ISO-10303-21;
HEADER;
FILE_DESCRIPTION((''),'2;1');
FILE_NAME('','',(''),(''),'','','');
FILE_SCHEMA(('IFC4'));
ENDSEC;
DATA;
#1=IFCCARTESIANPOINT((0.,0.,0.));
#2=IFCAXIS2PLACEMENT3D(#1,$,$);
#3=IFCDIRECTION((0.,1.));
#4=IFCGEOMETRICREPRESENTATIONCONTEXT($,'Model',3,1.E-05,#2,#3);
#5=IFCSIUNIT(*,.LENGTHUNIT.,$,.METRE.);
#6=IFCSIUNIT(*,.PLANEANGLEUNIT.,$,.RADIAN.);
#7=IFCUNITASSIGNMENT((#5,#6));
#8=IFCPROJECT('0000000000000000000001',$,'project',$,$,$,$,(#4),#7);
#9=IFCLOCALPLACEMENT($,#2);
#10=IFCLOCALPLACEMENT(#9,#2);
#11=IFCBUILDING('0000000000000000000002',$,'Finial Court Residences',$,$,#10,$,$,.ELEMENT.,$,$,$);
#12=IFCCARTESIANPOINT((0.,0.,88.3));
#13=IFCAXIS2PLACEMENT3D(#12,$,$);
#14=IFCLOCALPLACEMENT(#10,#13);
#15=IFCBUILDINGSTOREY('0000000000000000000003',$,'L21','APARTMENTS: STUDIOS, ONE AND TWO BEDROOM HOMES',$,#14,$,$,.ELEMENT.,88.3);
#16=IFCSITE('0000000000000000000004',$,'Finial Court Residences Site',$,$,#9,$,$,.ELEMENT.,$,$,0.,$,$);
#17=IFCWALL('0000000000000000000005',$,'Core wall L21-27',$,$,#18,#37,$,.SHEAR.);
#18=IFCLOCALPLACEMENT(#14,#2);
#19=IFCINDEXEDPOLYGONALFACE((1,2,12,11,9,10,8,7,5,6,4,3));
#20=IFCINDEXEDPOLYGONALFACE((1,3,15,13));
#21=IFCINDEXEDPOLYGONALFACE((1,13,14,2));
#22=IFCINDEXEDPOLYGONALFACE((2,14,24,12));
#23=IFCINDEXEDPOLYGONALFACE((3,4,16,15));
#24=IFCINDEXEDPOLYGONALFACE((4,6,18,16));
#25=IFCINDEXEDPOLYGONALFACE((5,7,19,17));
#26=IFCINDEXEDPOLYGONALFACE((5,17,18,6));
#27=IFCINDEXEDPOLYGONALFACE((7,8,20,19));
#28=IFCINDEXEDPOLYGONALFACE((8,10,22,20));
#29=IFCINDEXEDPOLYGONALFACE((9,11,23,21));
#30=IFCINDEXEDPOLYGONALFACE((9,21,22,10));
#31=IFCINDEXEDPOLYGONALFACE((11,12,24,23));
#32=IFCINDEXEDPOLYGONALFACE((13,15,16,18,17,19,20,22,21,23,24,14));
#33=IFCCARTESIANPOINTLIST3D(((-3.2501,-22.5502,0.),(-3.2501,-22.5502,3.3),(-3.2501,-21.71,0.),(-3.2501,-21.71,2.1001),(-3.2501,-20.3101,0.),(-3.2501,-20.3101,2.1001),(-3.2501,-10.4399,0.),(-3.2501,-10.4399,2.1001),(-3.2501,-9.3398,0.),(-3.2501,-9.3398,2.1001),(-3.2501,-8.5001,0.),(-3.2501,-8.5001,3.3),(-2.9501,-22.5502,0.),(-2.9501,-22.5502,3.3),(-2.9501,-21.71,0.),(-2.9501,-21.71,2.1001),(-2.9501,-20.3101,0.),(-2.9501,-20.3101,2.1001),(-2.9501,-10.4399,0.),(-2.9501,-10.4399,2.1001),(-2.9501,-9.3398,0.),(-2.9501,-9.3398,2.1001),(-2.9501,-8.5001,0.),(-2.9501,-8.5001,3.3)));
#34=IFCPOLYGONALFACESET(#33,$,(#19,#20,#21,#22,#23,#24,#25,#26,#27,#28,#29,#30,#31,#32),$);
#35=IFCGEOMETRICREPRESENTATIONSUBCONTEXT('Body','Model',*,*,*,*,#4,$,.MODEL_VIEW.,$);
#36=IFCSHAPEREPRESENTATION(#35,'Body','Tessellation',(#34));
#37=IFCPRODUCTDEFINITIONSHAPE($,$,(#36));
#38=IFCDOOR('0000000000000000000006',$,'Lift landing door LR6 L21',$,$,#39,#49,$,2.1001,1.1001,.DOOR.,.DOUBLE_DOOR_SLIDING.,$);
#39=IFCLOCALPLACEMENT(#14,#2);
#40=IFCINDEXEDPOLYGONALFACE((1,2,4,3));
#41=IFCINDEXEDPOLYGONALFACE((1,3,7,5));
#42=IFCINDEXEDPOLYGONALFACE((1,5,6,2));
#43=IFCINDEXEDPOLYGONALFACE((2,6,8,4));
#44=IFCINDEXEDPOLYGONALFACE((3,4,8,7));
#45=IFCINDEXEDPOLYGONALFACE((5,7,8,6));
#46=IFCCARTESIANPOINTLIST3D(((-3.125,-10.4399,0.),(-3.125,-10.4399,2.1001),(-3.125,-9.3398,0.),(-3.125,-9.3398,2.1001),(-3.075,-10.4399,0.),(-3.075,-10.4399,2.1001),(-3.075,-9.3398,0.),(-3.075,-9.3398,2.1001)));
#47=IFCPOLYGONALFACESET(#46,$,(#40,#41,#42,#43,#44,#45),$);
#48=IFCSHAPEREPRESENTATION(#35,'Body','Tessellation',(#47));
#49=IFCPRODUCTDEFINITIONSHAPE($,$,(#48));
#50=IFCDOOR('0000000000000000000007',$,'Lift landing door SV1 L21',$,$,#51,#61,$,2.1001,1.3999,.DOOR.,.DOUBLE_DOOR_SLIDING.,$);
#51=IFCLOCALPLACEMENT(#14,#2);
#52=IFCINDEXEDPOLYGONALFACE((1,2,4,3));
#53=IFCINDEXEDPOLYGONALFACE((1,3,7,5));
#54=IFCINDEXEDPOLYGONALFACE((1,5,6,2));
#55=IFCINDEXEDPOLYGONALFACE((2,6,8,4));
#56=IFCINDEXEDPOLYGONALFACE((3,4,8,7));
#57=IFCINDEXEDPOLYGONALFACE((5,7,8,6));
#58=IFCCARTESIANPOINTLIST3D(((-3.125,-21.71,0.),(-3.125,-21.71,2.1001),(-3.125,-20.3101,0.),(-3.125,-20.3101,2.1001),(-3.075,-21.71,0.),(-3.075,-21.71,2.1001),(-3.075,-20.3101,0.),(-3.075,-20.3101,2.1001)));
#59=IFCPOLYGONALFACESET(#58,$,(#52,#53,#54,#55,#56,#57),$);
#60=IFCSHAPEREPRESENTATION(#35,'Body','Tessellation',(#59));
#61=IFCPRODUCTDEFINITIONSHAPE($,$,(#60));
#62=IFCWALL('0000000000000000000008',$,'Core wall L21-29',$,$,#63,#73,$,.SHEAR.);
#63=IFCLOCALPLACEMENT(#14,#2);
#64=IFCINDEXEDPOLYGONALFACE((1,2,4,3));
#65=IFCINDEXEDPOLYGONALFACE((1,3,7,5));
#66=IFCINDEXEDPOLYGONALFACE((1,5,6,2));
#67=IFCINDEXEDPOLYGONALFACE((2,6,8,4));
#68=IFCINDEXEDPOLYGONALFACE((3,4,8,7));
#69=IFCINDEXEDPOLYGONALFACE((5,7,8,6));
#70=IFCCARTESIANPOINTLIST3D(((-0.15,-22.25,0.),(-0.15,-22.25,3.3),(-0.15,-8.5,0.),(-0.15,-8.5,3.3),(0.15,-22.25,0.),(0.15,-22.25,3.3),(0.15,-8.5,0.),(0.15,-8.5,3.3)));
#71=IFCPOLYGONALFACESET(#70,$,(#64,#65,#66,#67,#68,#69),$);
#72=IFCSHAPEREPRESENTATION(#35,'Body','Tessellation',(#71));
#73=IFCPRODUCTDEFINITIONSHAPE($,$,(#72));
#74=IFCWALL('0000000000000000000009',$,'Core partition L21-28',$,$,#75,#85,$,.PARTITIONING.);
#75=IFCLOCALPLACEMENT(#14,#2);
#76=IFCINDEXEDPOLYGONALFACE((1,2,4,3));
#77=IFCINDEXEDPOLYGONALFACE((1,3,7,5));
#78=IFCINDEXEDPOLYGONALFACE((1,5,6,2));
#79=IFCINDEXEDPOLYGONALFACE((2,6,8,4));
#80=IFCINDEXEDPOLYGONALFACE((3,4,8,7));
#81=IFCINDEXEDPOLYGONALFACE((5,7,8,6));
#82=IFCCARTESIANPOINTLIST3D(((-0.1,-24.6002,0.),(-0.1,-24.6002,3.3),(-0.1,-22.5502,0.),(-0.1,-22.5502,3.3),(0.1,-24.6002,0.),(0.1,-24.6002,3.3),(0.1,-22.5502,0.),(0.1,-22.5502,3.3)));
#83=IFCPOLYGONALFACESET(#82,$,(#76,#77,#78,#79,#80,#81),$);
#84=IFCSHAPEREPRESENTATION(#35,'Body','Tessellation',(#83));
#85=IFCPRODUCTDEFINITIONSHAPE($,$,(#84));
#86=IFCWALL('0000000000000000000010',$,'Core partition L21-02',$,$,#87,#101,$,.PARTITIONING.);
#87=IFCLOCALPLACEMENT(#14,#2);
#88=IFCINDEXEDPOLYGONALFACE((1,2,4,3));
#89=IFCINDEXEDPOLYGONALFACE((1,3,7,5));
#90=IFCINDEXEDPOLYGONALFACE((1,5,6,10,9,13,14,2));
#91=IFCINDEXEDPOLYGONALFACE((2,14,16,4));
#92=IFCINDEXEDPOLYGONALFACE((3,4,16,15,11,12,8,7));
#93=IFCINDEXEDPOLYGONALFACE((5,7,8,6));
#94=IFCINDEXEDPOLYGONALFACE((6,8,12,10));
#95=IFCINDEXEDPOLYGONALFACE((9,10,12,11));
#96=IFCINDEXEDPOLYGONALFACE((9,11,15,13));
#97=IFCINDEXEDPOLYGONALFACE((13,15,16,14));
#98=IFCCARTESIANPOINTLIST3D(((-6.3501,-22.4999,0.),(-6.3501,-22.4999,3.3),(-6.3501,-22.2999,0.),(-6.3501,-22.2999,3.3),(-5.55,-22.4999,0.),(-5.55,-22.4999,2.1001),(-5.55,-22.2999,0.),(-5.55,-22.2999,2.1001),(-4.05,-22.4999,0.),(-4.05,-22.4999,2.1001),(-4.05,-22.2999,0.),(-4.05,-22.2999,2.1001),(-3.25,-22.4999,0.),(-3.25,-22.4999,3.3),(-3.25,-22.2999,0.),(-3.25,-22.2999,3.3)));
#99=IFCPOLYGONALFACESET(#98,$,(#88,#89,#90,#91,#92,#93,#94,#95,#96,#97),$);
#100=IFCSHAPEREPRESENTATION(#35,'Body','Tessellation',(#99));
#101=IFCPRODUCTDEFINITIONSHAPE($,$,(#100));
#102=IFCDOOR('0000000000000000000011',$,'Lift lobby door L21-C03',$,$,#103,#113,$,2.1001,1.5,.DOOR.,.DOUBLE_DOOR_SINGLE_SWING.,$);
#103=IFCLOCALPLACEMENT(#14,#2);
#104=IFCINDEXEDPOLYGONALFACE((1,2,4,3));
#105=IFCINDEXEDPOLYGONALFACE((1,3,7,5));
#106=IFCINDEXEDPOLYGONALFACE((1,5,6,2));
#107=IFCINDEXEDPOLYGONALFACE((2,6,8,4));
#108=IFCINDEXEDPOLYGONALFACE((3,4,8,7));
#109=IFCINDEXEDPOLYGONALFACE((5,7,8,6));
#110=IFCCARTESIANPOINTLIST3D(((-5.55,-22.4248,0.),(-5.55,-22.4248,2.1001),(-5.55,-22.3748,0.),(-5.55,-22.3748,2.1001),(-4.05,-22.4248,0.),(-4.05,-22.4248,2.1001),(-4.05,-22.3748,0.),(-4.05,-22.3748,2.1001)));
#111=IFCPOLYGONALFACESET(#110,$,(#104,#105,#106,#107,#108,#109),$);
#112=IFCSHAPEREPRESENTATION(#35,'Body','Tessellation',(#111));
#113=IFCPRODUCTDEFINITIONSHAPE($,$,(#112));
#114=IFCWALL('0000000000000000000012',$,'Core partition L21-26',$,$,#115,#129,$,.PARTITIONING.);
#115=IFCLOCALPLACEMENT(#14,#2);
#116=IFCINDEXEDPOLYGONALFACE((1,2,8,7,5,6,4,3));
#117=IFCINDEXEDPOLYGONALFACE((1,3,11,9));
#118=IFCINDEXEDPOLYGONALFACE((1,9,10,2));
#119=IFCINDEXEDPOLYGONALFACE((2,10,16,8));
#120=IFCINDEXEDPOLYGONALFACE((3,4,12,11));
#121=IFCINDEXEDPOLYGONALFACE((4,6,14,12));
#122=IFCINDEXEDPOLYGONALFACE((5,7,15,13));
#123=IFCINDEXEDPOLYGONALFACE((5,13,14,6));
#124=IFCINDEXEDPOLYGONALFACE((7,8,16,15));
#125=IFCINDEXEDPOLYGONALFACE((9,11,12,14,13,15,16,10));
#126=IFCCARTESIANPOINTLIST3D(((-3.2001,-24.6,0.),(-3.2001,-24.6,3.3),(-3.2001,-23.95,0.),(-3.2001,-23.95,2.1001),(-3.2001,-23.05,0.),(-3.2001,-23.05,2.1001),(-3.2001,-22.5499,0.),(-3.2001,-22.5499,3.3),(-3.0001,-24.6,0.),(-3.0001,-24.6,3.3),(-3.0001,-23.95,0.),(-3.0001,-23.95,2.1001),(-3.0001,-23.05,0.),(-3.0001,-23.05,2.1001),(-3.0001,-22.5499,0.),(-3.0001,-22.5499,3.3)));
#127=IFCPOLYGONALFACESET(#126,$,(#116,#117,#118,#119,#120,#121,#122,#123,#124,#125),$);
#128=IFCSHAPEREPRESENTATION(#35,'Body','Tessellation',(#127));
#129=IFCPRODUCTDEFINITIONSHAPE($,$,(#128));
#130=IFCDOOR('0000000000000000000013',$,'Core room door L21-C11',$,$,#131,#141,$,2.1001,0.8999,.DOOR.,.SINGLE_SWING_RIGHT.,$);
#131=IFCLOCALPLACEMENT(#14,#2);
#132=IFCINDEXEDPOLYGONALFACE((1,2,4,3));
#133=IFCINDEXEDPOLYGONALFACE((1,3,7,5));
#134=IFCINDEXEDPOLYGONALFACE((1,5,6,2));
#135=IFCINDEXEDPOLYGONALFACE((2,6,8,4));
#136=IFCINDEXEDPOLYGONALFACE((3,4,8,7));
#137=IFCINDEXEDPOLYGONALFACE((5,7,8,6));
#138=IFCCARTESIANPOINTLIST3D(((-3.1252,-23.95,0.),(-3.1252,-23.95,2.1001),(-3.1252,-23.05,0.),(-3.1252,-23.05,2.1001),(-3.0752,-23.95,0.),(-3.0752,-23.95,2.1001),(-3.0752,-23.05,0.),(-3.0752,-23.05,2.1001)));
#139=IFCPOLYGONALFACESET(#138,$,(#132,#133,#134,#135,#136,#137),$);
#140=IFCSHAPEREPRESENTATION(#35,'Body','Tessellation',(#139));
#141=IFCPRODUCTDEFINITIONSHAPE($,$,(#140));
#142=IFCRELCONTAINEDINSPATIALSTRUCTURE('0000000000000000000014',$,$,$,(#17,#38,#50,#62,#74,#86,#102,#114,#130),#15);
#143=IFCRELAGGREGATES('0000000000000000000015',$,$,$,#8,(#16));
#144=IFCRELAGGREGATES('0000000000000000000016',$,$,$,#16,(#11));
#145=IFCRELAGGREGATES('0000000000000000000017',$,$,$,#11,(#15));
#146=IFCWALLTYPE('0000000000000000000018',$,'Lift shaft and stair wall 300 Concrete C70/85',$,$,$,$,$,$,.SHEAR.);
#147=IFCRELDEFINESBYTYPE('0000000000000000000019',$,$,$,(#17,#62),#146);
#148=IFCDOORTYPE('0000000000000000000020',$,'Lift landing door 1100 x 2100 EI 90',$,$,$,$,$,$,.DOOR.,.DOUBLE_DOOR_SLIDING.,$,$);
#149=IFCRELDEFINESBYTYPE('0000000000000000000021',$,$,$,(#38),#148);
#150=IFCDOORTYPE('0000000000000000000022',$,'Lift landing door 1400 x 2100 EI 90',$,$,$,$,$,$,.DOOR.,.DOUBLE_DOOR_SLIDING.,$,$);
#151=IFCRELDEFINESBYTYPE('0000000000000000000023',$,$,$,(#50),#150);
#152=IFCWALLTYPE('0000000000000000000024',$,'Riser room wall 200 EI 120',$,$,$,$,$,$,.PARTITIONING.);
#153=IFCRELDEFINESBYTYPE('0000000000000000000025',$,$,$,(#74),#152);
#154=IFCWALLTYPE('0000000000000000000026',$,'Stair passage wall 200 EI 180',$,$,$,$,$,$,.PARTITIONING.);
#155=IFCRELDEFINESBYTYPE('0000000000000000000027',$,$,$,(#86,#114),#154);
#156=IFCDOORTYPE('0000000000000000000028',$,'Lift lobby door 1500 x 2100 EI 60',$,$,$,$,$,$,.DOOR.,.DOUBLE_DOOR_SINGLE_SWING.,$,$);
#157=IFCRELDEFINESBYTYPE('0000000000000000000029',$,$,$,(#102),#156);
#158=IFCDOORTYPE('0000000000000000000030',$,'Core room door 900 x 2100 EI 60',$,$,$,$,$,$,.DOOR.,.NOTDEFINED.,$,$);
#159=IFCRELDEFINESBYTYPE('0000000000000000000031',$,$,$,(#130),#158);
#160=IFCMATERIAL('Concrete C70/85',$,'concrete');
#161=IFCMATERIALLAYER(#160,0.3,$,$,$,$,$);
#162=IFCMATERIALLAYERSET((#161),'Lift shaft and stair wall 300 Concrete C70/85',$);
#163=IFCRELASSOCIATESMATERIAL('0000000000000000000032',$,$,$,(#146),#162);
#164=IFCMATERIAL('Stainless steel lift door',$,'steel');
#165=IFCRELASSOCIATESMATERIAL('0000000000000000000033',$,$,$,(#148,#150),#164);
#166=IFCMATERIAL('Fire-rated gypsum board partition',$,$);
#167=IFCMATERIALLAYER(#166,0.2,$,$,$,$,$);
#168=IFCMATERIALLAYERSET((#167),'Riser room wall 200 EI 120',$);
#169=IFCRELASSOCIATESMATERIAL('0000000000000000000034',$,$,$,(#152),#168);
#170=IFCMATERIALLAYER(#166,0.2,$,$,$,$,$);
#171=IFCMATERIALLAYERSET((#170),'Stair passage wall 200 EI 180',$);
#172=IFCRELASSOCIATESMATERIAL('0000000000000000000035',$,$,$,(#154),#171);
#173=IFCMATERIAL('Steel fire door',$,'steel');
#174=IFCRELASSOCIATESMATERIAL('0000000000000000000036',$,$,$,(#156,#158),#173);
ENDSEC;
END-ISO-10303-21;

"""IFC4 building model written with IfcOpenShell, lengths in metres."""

from ifc_helpers import new_model, si_unit, direction, frame, frame_2d, origin, place, context, subcontext, project, spatial, rectangle, extrude, material, layer, layer_set, type_object, element, fill, save


model = new_model("IFC4")

# Units and contexts
model_context = context("Model", 3, precision=1e-05, world=origin(), true_north=direction((0.0, 1.0)))
body_context = subcontext(model_context, "Body", "Model", "MODEL_VIEW")
ifc_project = project(units=[si_unit("LENGTHUNIT", "METRE"), si_unit("PLANEANGLEUNIT", "RADIAN")], contexts=[model_context])

# Site, building, storey
site_placement = place(None, origin())
site = spatial("IfcSite", under=ifc_project, at=site_placement, Name="Finial Court Residences Site", CompositionType="ELEMENT", RefElevation=0.0)
building_placement = place(site_placement, origin())
building = spatial("IfcBuilding", under=site, at=building_placement, Name="Finial Court Residences", CompositionType="ELEMENT")
storey_placement = place(building_placement, frame((0.0, 0.0, 88.3)))
storey = spatial("IfcBuildingStorey", under=building, at=storey_placement, Name="L21", Description="APARTMENTS: STUDIOS, ONE AND TWO BEDROOM HOMES", CompositionType="ELEMENT", Elevation=88.3)

# Shared definitions
ifc_material_1 = material(Name="Concrete C70/85", Category="concrete")
ifc_layer_1 = layer(ifc_material_1, 0.3)
ifc_layer_set_1 = layer_set([ifc_layer_1], Name="Lift shaft and stair wall 300 Concrete C70/85")
wall_type_1 = type_object("IfcWallType", Name="Lift shaft and stair wall 300 Concrete C70/85", PredefinedType="SHEAR", material=ifc_layer_set_1)

# Shared definitions
ifc_material_2 = material(Name="Steel fire door", Category="steel")

# Wall, openings, doors
ifc_material_3 = material(Name="Stainless steel lift door", Category="steel")
door_type_1 = type_object("IfcDoorType", Name="Lift landing door 1100 x 2100 EI 90", OperationType="DOUBLE_DOOR_SLIDING", PredefinedType="DOOR", material=ifc_material_3)
wall_1_placement = place(storey_placement, frame((-3.1001, -22.55, 0.0), z_axis=(0.0, 0.0, 1.0), x_axis=(0.0, 1.0, 0.0)))
wall_1 = element("IfcWall", 1, at=wall_1_placement, inside=storey, type_object=wall_type_1, Name="Core wall L21-27", PredefinedType="SHEAR", context=body_context, shape_type="SweptSolid", body=[
    extrude(rectangle(XDim=14.05, YDim=0.3, at=frame_2d((7.0249, 0.0))), origin(), (0.0, 0.0, 1.0), 3.3),
])
opening_1_placement = place(wall_1_placement, frame((12.1101, 0.0, 0.0)))
opening_1 = element("IfcOpeningElement", 2, at=opening_1_placement, cuts=wall_1, PredefinedType="OPENING", context=body_context, shape_type="SweptSolid", body=[
    extrude(rectangle(XDim=1.1001, YDim=2.1001, at=frame_2d((0.55, 1.05))), frame((0.0, 0.1599, 0.0), z_axis=(0.0, -1.0, 0.0), x_axis=(1.0, 0.0, 0.0)), (0.0, 0.0, 1.0), 0.3201),
])
opening_2_placement = place(wall_1_placement, frame((0.8401, 0.0, 0.0)))
opening_2 = element("IfcOpeningElement", 3, at=opening_2_placement, cuts=wall_1, PredefinedType="OPENING", context=body_context, shape_type="SweptSolid", body=[
    extrude(rectangle(XDim=1.3999, YDim=2.1001, at=frame_2d((0.7, 1.05))), frame((0.0, 0.1599, 0.0), z_axis=(0.0, -1.0, 0.0), x_axis=(1.0, 0.0, 0.0)), (0.0, 0.0, 1.0), 0.3201),
])
door_1_placement = place(opening_1_placement, origin())
door_1 = element("IfcDoor", 4, at=door_1_placement, inside=storey, type_object=door_type_1, Name="Lift landing door LR6 L21", OperationType="DOUBLE_DOOR_SLIDING", OverallHeight=2.1001, OverallWidth=1.1001, PredefinedType="DOOR", context=body_context, shape_type="SweptSolid", body=[
    extrude(rectangle(XDim=1.1001, YDim=2.1001, at=frame_2d((0.55, 1.05))), frame((0.0, 0.0249, 0.0), z_axis=(0.0, -1.0, 0.0), x_axis=(1.0, 0.0, 0.0)), (0.0, 0.0, 1.0), 0.05),
])
fill(opening_1, door_1)
door_type_2 = type_object("IfcDoorType", Name="Lift landing door 1400 x 2100 EI 90", OperationType="DOUBLE_DOOR_SLIDING", PredefinedType="DOOR", material=ifc_material_3)
door_2_placement = place(opening_2_placement, origin())
door_2 = element("IfcDoor", 5, at=door_2_placement, inside=storey, type_object=door_type_2, Name="Lift landing door SV1 L21", OperationType="DOUBLE_DOOR_SLIDING", OverallHeight=2.1001, OverallWidth=1.3999, PredefinedType="DOOR", context=body_context, shape_type="SweptSolid", body=[
    extrude(rectangle(XDim=1.3999, YDim=2.1001, at=frame_2d((0.7, 1.05))), frame((0.0, 0.0249, 0.0), z_axis=(0.0, -1.0, 0.0), x_axis=(1.0, 0.0, 0.0)), (0.0, 0.0, 1.0), 0.05),
])
fill(opening_2, door_2)

# Walls
wall_2_placement = place(storey_placement, frame((0.0, -22.25, 0.0), z_axis=(0.0, 0.0, 1.0), x_axis=(0.0, 1.0, 0.0)))
element("IfcWall", 6, at=wall_2_placement, inside=storey, type_object=wall_type_1, Name="Core wall L21-29", PredefinedType="SHEAR", context=body_context, shape_type="SweptSolid", body=[
    extrude(rectangle(XDim=13.75, YDim=0.3, at=frame_2d((6.875, 0.0))), origin(), (0.0, 0.0, 1.0), 3.3),
])
ifc_material_4 = material(Name="Fire-rated gypsum board partition")
ifc_layer_2 = layer(ifc_material_4, 0.2)
ifc_layer_set_2 = layer_set([ifc_layer_2], Name="Riser room wall 200 EI 120")
wall_type_2 = type_object("IfcWallType", Name="Riser room wall 200 EI 120", PredefinedType="PARTITIONING", material=ifc_layer_set_2)
wall_3_placement = place(storey_placement, frame((0.0, -24.6001, 0.0), z_axis=(0.0, 0.0, 1.0), x_axis=(0.0, 1.0, 0.0)))
element("IfcWall", 7, at=wall_3_placement, inside=storey, type_object=wall_type_2, Name="Core partition L21-28", PredefinedType="PARTITIONING", context=body_context, shape_type="SweptSolid", body=[
    extrude(rectangle(XDim=2.05, YDim=0.2, at=frame_2d((1.0249, 0.0))), origin(), (0.0, 0.0, 1.0), 3.3),
])

# Walls, openings, doors
ifc_layer_3 = layer(ifc_material_4, 0.2)
ifc_layer_set_3 = layer_set([ifc_layer_3], Name="Stair passage wall 200 EI 180")
wall_type_3 = type_object("IfcWallType", Name="Stair passage wall 200 EI 180", PredefinedType="PARTITIONING", material=ifc_layer_set_3)
wall_4_placement = place(storey_placement, frame((-3.25, -22.3999, 0.0), z_axis=(0.0, 0.0, 1.0), x_axis=(-1.0, 0.0, 0.0)))
wall_4 = element("IfcWall", 8, at=wall_4_placement, inside=storey, type_object=wall_type_3, Name="Core partition L21-02", PredefinedType="PARTITIONING", context=body_context, shape_type="SweptSolid", body=[
    extrude(rectangle(XDim=3.1001, YDim=0.2, at=frame_2d((1.55, 0.0))), origin(), (0.0, 0.0, 1.0), 3.3),
])
opening_3_placement = place(wall_4_placement, frame((0.8, 0.0, 0.0)))
opening_3 = element("IfcOpeningElement", 9, at=opening_3_placement, cuts=wall_4, PredefinedType="OPENING", context=body_context, shape_type="SweptSolid", body=[
    extrude(rectangle(XDim=1.5, YDim=2.1001, at=frame_2d((0.75, 1.05))), frame((0.0, 0.1099, 0.0), z_axis=(0.0, -1.0, 0.0), x_axis=(1.0, 0.0, 0.0)), (0.0, 0.0, 1.0), 0.22),
])
door_type_3 = type_object("IfcDoorType", Name="Lift lobby door 1500 x 2100 EI 60", OperationType="DOUBLE_DOOR_SINGLE_SWING", PredefinedType="DOOR", material=ifc_material_2)
door_3_placement = place(opening_3_placement, origin())
door_3 = element("IfcDoor", 10, at=door_3_placement, inside=storey, type_object=door_type_3, Name="Lift lobby door L21-C03", OperationType="DOUBLE_DOOR_SINGLE_SWING", OverallHeight=2.1001, OverallWidth=1.5, PredefinedType="DOOR", context=body_context, shape_type="SweptSolid", body=[
    extrude(rectangle(XDim=1.5, YDim=2.1001, at=frame_2d((0.75, 1.05))), frame((0.0, 0.0249, 0.0), z_axis=(0.0, -1.0, 0.0), x_axis=(1.0, 0.0, 0.0)), (0.0, 0.0, 1.0), 0.05),
])
fill(opening_3, door_3)
wall_5_placement = place(storey_placement, frame((-3.1001, -22.55, 0.0), z_axis=(0.0, 0.0, 1.0), x_axis=(0.0, -1.0, 0.0)))
wall_5 = element("IfcWall", 11, at=wall_5_placement, inside=storey, type_object=wall_type_3, Name="Core partition L21-26", PredefinedType="PARTITIONING", context=body_context, shape_type="SweptSolid", body=[
    extrude(rectangle(XDim=2.05, YDim=0.2, at=frame_2d((1.0249, 0.0))), origin(), (0.0, 0.0, 1.0), 3.3),
])
opening_4_placement = place(wall_5_placement, frame((0.5, 0.0, 0.0)))
opening_4 = element("IfcOpeningElement", 12, at=opening_4_placement, cuts=wall_5, PredefinedType="OPENING", context=body_context, shape_type="SweptSolid", body=[
    extrude(rectangle(XDim=0.8999, YDim=2.1001, at=frame_2d((0.45, 1.05))), frame((0.0, 0.1099, 0.0), z_axis=(0.0, -1.0, 0.0), x_axis=(1.0, 0.0, 0.0)), (0.0, 0.0, 1.0), 0.22),
])
door_type_4 = type_object("IfcDoorType", Name="Core room door 900 x 2100 EI 60", OperationType="NOTDEFINED", PredefinedType="DOOR", material=ifc_material_2)
door_4_placement = place(opening_4_placement, origin())
door_4 = element("IfcDoor", 13, at=door_4_placement, inside=storey, type_object=door_type_4, Name="Core room door L21-C11", OperationType="SINGLE_SWING_RIGHT", OverallHeight=2.1001, OverallWidth=0.8999, PredefinedType="DOOR", context=body_context, shape_type="SweptSolid", body=[
    extrude(rectangle(XDim=0.8999, YDim=2.1001, at=frame_2d((0.45, 1.05))), frame((0.0, 0.0249, 0.0), z_axis=(0.0, -1.0, 0.0), x_axis=(1.0, 0.0, 0.0)), (0.0, 0.0, 1.0), 0.05),
])
fill(opening_4, door_4)

save(model, "model.ifc")
